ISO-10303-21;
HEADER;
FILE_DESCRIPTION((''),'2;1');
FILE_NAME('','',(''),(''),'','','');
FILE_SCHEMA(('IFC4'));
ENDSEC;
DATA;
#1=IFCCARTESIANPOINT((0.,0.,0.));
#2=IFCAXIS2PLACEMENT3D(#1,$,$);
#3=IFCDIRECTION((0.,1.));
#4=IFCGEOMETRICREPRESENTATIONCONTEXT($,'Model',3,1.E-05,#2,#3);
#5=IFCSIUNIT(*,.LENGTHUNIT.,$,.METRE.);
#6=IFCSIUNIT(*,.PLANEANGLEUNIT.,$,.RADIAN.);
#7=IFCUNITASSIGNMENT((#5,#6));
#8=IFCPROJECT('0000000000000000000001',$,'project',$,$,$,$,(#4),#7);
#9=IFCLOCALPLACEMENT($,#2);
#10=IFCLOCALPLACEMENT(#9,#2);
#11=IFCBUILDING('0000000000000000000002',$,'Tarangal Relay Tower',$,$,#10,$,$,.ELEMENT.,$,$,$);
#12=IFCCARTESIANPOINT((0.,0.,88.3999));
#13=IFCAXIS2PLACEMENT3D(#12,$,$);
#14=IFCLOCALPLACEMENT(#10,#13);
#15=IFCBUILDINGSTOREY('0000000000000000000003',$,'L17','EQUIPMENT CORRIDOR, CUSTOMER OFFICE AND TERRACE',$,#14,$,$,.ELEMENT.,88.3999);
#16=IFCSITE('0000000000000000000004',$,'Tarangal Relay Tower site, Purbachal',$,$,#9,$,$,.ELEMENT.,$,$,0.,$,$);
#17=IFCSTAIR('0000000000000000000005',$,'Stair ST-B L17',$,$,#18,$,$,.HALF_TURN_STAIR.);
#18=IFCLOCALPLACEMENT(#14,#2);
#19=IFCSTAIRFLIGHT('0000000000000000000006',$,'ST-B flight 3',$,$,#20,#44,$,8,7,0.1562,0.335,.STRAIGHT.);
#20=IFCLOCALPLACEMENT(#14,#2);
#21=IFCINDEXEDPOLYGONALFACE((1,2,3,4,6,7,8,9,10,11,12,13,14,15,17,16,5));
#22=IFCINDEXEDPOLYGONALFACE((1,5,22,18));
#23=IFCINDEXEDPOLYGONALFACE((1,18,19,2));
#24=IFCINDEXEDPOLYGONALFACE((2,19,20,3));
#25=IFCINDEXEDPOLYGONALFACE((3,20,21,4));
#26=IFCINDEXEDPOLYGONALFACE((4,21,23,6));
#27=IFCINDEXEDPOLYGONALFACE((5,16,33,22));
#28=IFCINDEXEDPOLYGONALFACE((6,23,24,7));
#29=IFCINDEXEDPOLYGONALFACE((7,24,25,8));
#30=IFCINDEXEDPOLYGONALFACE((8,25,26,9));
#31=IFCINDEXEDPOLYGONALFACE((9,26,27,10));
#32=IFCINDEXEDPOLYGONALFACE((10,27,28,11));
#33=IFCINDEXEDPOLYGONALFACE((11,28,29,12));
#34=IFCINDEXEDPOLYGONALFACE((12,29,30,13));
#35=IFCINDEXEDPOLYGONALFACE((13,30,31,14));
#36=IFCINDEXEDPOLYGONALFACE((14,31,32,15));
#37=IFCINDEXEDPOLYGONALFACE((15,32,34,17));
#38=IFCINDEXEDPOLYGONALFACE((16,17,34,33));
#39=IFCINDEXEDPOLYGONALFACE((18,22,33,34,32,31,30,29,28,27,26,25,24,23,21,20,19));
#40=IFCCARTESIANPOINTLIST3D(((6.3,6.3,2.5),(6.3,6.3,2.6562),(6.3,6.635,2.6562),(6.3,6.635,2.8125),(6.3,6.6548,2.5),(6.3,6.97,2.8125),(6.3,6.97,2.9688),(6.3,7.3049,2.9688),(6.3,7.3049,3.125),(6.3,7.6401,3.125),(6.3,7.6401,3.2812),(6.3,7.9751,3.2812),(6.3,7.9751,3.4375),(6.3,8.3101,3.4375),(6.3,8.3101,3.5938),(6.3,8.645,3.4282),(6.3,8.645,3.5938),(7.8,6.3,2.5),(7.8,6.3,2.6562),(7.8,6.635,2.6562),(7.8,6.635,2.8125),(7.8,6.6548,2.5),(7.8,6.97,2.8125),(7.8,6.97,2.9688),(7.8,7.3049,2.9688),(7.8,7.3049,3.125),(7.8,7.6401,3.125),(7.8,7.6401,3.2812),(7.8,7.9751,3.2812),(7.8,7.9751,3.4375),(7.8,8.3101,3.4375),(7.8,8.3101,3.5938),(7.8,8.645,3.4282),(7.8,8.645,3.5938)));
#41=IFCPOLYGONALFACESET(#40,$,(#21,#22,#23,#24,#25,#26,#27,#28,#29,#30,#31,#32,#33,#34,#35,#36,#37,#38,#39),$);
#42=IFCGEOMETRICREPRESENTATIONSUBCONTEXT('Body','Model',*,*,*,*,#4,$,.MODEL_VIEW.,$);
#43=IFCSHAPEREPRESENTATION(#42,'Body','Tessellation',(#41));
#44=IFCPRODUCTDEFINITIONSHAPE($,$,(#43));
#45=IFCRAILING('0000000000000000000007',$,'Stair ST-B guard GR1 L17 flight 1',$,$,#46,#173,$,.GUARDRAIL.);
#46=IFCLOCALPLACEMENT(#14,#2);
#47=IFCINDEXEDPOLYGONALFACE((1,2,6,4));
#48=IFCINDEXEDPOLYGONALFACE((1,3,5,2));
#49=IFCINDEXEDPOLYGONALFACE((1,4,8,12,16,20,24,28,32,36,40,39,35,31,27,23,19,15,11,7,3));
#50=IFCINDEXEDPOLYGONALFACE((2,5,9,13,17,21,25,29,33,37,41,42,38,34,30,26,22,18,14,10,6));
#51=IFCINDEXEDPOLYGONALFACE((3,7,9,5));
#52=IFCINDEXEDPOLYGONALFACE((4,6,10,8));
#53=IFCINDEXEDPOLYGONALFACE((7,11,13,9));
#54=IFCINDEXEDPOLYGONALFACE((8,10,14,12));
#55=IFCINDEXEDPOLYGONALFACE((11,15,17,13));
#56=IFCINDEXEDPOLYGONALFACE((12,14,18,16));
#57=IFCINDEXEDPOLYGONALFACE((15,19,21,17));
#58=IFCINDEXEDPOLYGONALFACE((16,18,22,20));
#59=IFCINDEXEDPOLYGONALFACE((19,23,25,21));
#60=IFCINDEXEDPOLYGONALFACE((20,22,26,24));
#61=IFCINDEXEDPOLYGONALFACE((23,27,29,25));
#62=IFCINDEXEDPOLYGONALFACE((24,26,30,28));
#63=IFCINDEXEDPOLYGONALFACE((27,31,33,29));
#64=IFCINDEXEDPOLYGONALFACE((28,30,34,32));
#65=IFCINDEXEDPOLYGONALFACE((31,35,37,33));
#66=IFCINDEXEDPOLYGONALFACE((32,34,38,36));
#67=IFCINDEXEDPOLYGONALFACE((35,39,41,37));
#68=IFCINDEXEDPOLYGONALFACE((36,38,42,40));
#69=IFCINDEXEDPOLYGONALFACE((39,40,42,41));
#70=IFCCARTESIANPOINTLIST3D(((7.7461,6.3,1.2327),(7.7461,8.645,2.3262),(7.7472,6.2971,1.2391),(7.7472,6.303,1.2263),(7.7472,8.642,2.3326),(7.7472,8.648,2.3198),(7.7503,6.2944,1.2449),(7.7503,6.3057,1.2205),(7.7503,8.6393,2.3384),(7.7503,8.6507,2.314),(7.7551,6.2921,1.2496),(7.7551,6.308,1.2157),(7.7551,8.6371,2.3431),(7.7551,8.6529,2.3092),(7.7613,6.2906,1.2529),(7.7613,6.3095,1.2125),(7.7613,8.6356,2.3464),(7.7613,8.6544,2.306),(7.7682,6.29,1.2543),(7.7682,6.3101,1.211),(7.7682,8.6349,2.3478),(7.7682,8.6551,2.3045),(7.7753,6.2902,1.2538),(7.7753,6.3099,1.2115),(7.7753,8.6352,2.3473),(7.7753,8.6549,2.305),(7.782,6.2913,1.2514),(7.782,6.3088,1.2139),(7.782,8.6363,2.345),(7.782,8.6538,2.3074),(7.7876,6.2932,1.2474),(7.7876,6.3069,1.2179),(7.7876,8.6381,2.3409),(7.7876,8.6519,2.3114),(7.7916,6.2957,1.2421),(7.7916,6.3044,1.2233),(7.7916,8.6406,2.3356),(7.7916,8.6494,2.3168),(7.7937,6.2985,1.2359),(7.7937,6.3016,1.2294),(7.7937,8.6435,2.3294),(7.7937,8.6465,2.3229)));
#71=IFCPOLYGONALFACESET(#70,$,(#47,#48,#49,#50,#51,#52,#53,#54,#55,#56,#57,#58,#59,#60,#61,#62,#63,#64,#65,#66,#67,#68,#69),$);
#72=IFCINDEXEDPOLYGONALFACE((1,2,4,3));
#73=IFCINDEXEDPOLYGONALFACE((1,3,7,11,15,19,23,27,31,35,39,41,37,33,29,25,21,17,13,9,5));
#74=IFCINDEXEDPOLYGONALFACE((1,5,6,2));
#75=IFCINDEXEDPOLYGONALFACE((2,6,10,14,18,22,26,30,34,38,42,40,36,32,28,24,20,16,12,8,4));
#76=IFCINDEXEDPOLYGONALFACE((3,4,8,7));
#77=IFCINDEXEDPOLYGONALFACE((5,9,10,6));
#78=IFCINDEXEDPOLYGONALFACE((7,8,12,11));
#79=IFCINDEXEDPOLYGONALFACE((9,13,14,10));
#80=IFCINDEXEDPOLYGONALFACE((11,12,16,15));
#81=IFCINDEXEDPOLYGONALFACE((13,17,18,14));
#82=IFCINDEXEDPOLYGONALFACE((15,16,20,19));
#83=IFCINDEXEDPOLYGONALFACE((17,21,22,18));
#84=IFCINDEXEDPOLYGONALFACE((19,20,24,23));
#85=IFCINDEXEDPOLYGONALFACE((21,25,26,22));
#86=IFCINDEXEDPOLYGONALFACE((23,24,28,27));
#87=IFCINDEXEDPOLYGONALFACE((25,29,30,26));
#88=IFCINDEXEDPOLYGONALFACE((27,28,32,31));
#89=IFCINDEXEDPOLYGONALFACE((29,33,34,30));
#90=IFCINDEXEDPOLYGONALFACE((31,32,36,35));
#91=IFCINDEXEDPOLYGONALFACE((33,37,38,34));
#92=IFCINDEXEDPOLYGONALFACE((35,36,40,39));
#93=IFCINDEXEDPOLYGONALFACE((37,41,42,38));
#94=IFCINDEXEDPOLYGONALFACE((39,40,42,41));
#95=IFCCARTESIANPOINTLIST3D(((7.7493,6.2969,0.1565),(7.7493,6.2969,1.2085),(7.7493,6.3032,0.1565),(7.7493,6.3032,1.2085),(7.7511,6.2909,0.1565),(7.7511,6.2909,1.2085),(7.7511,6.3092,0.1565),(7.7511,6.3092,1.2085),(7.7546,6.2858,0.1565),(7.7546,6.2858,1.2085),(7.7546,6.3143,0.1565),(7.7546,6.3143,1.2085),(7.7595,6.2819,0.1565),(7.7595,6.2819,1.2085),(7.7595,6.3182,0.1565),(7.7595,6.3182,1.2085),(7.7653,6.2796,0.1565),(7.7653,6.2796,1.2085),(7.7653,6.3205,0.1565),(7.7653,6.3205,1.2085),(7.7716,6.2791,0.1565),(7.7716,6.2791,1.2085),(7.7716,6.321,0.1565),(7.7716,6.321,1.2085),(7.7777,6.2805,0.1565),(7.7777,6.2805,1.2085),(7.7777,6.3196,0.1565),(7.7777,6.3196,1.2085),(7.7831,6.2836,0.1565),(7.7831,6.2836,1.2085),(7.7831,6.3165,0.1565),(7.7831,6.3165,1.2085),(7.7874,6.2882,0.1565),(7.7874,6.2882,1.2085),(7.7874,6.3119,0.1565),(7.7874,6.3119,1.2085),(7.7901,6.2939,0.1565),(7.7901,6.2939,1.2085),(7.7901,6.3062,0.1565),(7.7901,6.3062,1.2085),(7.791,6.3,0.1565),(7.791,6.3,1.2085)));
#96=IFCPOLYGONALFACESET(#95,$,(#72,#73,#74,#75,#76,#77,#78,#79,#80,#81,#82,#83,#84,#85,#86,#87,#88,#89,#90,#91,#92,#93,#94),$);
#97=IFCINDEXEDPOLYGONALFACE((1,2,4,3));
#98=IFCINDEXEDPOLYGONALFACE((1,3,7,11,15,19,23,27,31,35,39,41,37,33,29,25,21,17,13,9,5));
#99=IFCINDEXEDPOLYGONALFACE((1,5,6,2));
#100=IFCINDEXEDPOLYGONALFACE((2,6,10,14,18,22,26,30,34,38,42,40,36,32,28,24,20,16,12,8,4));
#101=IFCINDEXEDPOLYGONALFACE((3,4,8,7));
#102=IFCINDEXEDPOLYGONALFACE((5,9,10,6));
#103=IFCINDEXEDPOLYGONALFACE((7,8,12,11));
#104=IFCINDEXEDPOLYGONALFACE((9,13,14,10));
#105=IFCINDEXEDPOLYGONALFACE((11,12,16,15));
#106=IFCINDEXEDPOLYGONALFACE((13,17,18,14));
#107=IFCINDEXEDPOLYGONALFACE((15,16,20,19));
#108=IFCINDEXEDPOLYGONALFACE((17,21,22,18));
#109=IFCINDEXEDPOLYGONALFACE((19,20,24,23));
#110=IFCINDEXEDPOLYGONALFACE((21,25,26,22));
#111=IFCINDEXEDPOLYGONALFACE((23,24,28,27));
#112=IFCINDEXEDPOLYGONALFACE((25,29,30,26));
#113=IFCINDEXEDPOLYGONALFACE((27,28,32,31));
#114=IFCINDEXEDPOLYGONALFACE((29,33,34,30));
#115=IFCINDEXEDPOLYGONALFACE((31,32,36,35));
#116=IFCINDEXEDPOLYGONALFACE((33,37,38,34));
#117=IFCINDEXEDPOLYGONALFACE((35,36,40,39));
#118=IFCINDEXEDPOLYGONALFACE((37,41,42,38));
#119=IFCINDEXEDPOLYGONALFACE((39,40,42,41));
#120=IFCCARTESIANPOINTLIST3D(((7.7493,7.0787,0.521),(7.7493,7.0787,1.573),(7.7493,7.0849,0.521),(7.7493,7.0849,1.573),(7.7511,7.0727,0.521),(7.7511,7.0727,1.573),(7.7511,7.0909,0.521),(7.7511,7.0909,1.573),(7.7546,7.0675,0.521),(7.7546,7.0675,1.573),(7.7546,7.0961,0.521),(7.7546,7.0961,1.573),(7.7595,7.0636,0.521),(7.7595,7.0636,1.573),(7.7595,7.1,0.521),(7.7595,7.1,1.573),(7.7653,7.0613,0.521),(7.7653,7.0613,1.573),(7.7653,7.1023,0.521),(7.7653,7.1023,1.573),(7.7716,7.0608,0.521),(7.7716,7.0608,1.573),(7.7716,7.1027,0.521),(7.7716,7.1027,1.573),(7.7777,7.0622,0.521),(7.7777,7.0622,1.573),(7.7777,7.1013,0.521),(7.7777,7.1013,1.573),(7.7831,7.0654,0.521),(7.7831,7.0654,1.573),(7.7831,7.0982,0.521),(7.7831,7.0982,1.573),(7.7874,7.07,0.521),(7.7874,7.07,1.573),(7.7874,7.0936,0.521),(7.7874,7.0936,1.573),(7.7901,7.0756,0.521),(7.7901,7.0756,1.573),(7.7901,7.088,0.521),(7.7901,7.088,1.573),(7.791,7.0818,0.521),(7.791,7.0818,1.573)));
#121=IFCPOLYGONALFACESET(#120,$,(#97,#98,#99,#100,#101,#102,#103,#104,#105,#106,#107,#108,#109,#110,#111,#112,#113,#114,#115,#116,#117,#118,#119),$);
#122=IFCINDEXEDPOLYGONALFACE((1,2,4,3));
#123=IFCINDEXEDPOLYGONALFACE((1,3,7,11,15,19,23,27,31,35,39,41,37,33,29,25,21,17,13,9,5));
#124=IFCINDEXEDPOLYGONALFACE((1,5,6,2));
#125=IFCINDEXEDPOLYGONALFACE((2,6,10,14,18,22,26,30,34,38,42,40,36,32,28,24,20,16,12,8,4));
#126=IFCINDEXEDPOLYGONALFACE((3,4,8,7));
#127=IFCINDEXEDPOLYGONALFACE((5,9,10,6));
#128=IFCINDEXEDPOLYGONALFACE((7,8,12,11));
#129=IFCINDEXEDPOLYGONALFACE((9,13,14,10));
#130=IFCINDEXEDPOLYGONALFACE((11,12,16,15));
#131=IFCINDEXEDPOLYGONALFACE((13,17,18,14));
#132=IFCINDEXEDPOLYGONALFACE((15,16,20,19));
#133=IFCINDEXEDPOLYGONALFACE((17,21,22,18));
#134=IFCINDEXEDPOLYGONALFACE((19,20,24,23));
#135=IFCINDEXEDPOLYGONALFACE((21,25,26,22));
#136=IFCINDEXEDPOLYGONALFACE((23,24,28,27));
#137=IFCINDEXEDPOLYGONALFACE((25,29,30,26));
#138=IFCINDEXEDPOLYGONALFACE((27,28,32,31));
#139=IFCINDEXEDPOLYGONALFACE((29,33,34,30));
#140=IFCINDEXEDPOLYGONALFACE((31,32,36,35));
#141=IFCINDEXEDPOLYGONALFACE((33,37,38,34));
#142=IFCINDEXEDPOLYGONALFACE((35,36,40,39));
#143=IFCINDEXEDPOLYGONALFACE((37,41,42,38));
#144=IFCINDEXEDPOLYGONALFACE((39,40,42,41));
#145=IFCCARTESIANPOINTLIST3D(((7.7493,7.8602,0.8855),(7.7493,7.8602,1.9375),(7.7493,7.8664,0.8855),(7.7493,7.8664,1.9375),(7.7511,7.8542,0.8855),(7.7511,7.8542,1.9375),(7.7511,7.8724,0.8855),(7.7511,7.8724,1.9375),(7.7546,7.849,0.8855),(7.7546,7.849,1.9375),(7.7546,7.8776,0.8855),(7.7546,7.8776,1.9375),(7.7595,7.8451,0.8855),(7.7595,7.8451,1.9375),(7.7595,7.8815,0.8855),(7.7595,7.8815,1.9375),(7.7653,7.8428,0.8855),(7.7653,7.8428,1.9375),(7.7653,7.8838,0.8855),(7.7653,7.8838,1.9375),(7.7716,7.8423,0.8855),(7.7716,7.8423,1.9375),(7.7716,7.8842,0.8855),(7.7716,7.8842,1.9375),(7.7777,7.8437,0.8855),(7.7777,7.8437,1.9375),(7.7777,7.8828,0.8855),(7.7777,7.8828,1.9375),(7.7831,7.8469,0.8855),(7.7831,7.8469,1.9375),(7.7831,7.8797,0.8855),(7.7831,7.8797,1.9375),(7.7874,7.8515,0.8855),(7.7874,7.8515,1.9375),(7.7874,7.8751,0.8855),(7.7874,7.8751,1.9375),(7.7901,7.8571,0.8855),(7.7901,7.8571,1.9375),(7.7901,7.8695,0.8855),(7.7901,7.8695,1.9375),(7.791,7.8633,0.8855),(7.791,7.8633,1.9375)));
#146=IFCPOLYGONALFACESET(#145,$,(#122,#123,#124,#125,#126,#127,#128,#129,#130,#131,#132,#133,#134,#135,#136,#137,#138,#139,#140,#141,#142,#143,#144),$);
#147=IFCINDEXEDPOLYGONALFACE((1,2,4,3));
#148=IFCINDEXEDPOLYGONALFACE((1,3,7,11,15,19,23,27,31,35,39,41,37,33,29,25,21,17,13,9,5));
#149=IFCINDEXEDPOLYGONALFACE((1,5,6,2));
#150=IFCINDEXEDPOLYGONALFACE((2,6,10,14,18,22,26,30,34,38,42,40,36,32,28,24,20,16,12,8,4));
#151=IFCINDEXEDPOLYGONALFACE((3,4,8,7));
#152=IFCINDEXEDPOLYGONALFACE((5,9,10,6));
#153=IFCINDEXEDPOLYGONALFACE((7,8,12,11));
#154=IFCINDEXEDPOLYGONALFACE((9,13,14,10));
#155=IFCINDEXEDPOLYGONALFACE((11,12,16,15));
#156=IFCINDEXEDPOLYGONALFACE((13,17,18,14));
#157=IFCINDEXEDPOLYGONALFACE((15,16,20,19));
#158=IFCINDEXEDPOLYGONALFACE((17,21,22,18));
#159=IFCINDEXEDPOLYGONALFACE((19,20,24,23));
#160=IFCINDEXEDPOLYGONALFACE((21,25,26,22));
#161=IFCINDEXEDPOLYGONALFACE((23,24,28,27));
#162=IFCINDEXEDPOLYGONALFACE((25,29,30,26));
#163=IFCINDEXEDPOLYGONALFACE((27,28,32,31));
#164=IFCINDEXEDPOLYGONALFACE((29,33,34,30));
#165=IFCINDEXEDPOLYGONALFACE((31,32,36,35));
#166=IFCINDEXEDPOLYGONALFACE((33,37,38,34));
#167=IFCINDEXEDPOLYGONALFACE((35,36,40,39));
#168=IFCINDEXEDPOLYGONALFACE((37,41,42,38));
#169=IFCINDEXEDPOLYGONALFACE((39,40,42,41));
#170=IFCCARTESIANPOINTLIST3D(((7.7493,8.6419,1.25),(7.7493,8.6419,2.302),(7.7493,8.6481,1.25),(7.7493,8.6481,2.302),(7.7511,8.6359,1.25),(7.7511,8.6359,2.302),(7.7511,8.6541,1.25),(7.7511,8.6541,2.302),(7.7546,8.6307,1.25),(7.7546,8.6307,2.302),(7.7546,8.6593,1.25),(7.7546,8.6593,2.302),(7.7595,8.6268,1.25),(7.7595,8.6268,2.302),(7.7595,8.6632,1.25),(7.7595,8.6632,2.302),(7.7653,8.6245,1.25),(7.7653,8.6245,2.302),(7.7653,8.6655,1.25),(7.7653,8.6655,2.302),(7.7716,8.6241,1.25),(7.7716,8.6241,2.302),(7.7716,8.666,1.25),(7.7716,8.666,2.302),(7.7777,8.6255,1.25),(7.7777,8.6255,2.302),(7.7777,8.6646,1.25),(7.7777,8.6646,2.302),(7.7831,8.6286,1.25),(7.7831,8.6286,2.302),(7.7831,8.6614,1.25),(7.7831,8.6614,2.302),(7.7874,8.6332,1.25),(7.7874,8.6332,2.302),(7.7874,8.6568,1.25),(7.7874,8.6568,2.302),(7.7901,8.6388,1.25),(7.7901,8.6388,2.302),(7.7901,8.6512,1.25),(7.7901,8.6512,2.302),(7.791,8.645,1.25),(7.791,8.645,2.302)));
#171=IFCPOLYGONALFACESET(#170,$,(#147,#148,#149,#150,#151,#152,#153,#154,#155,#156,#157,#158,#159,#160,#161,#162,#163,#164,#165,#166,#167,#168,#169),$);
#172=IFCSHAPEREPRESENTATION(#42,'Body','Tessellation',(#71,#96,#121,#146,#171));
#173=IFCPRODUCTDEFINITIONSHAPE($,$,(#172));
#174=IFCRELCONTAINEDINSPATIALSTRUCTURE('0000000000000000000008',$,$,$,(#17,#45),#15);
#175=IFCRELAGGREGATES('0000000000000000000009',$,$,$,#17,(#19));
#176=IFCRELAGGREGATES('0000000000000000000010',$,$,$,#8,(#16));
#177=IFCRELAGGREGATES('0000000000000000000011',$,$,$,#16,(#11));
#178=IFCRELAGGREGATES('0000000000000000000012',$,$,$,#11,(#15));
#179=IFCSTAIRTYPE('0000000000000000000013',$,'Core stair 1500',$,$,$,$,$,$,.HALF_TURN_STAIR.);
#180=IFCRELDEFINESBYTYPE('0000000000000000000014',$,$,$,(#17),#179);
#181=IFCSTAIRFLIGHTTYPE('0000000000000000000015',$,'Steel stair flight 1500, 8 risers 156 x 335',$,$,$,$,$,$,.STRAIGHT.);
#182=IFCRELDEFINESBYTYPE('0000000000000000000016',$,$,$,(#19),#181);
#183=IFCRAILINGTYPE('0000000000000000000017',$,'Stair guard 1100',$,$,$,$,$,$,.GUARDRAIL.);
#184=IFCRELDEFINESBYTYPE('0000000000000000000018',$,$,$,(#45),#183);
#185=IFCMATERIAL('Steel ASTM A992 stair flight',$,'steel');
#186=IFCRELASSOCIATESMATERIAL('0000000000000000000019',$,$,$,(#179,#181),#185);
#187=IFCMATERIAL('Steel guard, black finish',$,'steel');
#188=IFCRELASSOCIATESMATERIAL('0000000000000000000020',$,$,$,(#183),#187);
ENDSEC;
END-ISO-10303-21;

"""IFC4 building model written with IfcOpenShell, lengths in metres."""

from ifc_helpers import new_model, si_unit, direction, frame, origin, origin_2d, place, context, subcontext, project, spatial, polyline, circle, outline, extrude, material, type_object, element, aggregate, save


model = new_model("IFC4")

# Units and contexts
model_context = context("Model", 3, precision=1e-05, world=origin(), true_north=direction((0.0, 1.0)))
body_context = subcontext(model_context, "Body", "Model", "MODEL_VIEW")
ifc_project = project(units=[si_unit("LENGTHUNIT", "METRE"), si_unit("PLANEANGLEUNIT", "RADIAN")], contexts=[model_context])

# Site, building, storey
site_placement = place(None, origin())
site = spatial("IfcSite", under=ifc_project, at=site_placement, Name="Tarangal Relay Tower site, Purbachal", CompositionType="ELEMENT", RefElevation=0.0)
building_placement = place(site_placement, origin())
building = spatial("IfcBuilding", under=site, at=building_placement, Name="Tarangal Relay Tower", CompositionType="ELEMENT")
storey_placement = place(building_placement, frame((0.0, 0.0, 88.3999)))
storey = spatial("IfcBuildingStorey", under=building, at=storey_placement, Name="L17", Description="EQUIPMENT CORRIDOR, CUSTOMER OFFICE AND TERRACE", CompositionType="ELEMENT", Elevation=88.3999)

# Stair
ifc_material_1 = material(Name="Steel ASTM A992 stair flight", Category="steel")
stair_type = type_object("IfcStairType", Name="Core stair 1500", PredefinedType="HALF_TURN_STAIR", material=ifc_material_1)
stair_1_placement = place(storey_placement, origin())
stair_1 = element("IfcStair", 1, at=stair_1_placement, inside=storey, type_object=stair_type, Name="Stair ST-B L17", PredefinedType="HALF_TURN_STAIR")

# Stair flight
stair_flight_type = type_object("IfcStairFlightType", Name="Steel stair flight 1500, 8 risers 156 x 335", PredefinedType="STRAIGHT", material=ifc_material_1)
stair_flight_1_placement = place(storey_placement, frame((7.05, 6.3, 2.5), z_axis=(0.0, 0.0, 1.0), x_axis=(0.0, 1.0, 0.0)))
stair_flight_1 = element("IfcStairFlight", 2, at=stair_flight_1_placement, type_object=stair_flight_type, Name="ST-B flight 3", NumberOfRisers=8, NumberOfTreads=7, PredefinedType="STRAIGHT", RiserHeight=0.1562, TreadLength=0.335, context=body_context, shape_type="SweptSolid", body=[
    extrude(outline(polyline([(0.0, 0.0), (0.0, 0.1562), (0.335, 0.1562), (0.335, 0.3125), (0.6699, 0.3125), (0.6699, 0.4688), (1.0049, 0.4688), (1.0049, 0.625), (1.3401, 0.625), (1.3401, 0.7812), (1.675, 0.7812), (1.675, 0.9375), (2.01, 0.9375), (2.01, 1.0938), (2.345, 1.0938), (2.345, 1.25), (2.345, 0.9282), (0.3547, 0.0), (0.0, 0.0)])), frame((0.0, 0.75, 0.0), z_axis=(0.0, -1.0, 0.0), x_axis=(1.0, 0.0, 0.0)), (0.0, 0.0, 1.0), 1.5),
])
aggregate(stair_1, [stair_flight_1])

# Railing
ifc_material_2 = material(Name="Steel guard, black finish", Category="steel")
railing_type_1 = type_object("IfcRailingType", Name="Stair guard 1100", PredefinedType="GUARDRAIL", material=ifc_material_2)
railing_1_placement = place(storey_placement, frame((7.77, 6.3, 0.1565)))
element("IfcRailing", 3, at=railing_1_placement, inside=storey, type_object=railing_type_1, Name="Stair ST-B guard GR1 L17 flight 1", PredefinedType="GUARDRAIL", context=body_context, shape_type="SweptSolid", body=[
    extrude(circle(Radius=0.0239, at=origin_2d()), frame((0.0, 0.0, 1.0762), z_axis=(0.0, 0.906304, 0.422627), x_axis=(-1.0, 0.0, 0.0)), (0.0, 0.0, 1.0), 2.5874),
    extrude(circle(Radius=0.021, at=origin_2d()), origin(), (0.0, 0.0, 1.0), 1.052),
    extrude(circle(Radius=0.021, at=origin_2d()), frame((0.0, 0.7817, 0.3645)), (0.0, 0.0, 1.0), 1.052),
    extrude(circle(Radius=0.021, at=origin_2d()), frame((0.0, 1.5632, 0.729)), (0.0, 0.0, 1.0), 1.052),
    extrude(circle(Radius=0.021, at=origin_2d()), frame((0.0, 2.345, 1.0935)), (0.0, 0.0, 1.0), 1.052),
])

save(model, "model.ifc")
